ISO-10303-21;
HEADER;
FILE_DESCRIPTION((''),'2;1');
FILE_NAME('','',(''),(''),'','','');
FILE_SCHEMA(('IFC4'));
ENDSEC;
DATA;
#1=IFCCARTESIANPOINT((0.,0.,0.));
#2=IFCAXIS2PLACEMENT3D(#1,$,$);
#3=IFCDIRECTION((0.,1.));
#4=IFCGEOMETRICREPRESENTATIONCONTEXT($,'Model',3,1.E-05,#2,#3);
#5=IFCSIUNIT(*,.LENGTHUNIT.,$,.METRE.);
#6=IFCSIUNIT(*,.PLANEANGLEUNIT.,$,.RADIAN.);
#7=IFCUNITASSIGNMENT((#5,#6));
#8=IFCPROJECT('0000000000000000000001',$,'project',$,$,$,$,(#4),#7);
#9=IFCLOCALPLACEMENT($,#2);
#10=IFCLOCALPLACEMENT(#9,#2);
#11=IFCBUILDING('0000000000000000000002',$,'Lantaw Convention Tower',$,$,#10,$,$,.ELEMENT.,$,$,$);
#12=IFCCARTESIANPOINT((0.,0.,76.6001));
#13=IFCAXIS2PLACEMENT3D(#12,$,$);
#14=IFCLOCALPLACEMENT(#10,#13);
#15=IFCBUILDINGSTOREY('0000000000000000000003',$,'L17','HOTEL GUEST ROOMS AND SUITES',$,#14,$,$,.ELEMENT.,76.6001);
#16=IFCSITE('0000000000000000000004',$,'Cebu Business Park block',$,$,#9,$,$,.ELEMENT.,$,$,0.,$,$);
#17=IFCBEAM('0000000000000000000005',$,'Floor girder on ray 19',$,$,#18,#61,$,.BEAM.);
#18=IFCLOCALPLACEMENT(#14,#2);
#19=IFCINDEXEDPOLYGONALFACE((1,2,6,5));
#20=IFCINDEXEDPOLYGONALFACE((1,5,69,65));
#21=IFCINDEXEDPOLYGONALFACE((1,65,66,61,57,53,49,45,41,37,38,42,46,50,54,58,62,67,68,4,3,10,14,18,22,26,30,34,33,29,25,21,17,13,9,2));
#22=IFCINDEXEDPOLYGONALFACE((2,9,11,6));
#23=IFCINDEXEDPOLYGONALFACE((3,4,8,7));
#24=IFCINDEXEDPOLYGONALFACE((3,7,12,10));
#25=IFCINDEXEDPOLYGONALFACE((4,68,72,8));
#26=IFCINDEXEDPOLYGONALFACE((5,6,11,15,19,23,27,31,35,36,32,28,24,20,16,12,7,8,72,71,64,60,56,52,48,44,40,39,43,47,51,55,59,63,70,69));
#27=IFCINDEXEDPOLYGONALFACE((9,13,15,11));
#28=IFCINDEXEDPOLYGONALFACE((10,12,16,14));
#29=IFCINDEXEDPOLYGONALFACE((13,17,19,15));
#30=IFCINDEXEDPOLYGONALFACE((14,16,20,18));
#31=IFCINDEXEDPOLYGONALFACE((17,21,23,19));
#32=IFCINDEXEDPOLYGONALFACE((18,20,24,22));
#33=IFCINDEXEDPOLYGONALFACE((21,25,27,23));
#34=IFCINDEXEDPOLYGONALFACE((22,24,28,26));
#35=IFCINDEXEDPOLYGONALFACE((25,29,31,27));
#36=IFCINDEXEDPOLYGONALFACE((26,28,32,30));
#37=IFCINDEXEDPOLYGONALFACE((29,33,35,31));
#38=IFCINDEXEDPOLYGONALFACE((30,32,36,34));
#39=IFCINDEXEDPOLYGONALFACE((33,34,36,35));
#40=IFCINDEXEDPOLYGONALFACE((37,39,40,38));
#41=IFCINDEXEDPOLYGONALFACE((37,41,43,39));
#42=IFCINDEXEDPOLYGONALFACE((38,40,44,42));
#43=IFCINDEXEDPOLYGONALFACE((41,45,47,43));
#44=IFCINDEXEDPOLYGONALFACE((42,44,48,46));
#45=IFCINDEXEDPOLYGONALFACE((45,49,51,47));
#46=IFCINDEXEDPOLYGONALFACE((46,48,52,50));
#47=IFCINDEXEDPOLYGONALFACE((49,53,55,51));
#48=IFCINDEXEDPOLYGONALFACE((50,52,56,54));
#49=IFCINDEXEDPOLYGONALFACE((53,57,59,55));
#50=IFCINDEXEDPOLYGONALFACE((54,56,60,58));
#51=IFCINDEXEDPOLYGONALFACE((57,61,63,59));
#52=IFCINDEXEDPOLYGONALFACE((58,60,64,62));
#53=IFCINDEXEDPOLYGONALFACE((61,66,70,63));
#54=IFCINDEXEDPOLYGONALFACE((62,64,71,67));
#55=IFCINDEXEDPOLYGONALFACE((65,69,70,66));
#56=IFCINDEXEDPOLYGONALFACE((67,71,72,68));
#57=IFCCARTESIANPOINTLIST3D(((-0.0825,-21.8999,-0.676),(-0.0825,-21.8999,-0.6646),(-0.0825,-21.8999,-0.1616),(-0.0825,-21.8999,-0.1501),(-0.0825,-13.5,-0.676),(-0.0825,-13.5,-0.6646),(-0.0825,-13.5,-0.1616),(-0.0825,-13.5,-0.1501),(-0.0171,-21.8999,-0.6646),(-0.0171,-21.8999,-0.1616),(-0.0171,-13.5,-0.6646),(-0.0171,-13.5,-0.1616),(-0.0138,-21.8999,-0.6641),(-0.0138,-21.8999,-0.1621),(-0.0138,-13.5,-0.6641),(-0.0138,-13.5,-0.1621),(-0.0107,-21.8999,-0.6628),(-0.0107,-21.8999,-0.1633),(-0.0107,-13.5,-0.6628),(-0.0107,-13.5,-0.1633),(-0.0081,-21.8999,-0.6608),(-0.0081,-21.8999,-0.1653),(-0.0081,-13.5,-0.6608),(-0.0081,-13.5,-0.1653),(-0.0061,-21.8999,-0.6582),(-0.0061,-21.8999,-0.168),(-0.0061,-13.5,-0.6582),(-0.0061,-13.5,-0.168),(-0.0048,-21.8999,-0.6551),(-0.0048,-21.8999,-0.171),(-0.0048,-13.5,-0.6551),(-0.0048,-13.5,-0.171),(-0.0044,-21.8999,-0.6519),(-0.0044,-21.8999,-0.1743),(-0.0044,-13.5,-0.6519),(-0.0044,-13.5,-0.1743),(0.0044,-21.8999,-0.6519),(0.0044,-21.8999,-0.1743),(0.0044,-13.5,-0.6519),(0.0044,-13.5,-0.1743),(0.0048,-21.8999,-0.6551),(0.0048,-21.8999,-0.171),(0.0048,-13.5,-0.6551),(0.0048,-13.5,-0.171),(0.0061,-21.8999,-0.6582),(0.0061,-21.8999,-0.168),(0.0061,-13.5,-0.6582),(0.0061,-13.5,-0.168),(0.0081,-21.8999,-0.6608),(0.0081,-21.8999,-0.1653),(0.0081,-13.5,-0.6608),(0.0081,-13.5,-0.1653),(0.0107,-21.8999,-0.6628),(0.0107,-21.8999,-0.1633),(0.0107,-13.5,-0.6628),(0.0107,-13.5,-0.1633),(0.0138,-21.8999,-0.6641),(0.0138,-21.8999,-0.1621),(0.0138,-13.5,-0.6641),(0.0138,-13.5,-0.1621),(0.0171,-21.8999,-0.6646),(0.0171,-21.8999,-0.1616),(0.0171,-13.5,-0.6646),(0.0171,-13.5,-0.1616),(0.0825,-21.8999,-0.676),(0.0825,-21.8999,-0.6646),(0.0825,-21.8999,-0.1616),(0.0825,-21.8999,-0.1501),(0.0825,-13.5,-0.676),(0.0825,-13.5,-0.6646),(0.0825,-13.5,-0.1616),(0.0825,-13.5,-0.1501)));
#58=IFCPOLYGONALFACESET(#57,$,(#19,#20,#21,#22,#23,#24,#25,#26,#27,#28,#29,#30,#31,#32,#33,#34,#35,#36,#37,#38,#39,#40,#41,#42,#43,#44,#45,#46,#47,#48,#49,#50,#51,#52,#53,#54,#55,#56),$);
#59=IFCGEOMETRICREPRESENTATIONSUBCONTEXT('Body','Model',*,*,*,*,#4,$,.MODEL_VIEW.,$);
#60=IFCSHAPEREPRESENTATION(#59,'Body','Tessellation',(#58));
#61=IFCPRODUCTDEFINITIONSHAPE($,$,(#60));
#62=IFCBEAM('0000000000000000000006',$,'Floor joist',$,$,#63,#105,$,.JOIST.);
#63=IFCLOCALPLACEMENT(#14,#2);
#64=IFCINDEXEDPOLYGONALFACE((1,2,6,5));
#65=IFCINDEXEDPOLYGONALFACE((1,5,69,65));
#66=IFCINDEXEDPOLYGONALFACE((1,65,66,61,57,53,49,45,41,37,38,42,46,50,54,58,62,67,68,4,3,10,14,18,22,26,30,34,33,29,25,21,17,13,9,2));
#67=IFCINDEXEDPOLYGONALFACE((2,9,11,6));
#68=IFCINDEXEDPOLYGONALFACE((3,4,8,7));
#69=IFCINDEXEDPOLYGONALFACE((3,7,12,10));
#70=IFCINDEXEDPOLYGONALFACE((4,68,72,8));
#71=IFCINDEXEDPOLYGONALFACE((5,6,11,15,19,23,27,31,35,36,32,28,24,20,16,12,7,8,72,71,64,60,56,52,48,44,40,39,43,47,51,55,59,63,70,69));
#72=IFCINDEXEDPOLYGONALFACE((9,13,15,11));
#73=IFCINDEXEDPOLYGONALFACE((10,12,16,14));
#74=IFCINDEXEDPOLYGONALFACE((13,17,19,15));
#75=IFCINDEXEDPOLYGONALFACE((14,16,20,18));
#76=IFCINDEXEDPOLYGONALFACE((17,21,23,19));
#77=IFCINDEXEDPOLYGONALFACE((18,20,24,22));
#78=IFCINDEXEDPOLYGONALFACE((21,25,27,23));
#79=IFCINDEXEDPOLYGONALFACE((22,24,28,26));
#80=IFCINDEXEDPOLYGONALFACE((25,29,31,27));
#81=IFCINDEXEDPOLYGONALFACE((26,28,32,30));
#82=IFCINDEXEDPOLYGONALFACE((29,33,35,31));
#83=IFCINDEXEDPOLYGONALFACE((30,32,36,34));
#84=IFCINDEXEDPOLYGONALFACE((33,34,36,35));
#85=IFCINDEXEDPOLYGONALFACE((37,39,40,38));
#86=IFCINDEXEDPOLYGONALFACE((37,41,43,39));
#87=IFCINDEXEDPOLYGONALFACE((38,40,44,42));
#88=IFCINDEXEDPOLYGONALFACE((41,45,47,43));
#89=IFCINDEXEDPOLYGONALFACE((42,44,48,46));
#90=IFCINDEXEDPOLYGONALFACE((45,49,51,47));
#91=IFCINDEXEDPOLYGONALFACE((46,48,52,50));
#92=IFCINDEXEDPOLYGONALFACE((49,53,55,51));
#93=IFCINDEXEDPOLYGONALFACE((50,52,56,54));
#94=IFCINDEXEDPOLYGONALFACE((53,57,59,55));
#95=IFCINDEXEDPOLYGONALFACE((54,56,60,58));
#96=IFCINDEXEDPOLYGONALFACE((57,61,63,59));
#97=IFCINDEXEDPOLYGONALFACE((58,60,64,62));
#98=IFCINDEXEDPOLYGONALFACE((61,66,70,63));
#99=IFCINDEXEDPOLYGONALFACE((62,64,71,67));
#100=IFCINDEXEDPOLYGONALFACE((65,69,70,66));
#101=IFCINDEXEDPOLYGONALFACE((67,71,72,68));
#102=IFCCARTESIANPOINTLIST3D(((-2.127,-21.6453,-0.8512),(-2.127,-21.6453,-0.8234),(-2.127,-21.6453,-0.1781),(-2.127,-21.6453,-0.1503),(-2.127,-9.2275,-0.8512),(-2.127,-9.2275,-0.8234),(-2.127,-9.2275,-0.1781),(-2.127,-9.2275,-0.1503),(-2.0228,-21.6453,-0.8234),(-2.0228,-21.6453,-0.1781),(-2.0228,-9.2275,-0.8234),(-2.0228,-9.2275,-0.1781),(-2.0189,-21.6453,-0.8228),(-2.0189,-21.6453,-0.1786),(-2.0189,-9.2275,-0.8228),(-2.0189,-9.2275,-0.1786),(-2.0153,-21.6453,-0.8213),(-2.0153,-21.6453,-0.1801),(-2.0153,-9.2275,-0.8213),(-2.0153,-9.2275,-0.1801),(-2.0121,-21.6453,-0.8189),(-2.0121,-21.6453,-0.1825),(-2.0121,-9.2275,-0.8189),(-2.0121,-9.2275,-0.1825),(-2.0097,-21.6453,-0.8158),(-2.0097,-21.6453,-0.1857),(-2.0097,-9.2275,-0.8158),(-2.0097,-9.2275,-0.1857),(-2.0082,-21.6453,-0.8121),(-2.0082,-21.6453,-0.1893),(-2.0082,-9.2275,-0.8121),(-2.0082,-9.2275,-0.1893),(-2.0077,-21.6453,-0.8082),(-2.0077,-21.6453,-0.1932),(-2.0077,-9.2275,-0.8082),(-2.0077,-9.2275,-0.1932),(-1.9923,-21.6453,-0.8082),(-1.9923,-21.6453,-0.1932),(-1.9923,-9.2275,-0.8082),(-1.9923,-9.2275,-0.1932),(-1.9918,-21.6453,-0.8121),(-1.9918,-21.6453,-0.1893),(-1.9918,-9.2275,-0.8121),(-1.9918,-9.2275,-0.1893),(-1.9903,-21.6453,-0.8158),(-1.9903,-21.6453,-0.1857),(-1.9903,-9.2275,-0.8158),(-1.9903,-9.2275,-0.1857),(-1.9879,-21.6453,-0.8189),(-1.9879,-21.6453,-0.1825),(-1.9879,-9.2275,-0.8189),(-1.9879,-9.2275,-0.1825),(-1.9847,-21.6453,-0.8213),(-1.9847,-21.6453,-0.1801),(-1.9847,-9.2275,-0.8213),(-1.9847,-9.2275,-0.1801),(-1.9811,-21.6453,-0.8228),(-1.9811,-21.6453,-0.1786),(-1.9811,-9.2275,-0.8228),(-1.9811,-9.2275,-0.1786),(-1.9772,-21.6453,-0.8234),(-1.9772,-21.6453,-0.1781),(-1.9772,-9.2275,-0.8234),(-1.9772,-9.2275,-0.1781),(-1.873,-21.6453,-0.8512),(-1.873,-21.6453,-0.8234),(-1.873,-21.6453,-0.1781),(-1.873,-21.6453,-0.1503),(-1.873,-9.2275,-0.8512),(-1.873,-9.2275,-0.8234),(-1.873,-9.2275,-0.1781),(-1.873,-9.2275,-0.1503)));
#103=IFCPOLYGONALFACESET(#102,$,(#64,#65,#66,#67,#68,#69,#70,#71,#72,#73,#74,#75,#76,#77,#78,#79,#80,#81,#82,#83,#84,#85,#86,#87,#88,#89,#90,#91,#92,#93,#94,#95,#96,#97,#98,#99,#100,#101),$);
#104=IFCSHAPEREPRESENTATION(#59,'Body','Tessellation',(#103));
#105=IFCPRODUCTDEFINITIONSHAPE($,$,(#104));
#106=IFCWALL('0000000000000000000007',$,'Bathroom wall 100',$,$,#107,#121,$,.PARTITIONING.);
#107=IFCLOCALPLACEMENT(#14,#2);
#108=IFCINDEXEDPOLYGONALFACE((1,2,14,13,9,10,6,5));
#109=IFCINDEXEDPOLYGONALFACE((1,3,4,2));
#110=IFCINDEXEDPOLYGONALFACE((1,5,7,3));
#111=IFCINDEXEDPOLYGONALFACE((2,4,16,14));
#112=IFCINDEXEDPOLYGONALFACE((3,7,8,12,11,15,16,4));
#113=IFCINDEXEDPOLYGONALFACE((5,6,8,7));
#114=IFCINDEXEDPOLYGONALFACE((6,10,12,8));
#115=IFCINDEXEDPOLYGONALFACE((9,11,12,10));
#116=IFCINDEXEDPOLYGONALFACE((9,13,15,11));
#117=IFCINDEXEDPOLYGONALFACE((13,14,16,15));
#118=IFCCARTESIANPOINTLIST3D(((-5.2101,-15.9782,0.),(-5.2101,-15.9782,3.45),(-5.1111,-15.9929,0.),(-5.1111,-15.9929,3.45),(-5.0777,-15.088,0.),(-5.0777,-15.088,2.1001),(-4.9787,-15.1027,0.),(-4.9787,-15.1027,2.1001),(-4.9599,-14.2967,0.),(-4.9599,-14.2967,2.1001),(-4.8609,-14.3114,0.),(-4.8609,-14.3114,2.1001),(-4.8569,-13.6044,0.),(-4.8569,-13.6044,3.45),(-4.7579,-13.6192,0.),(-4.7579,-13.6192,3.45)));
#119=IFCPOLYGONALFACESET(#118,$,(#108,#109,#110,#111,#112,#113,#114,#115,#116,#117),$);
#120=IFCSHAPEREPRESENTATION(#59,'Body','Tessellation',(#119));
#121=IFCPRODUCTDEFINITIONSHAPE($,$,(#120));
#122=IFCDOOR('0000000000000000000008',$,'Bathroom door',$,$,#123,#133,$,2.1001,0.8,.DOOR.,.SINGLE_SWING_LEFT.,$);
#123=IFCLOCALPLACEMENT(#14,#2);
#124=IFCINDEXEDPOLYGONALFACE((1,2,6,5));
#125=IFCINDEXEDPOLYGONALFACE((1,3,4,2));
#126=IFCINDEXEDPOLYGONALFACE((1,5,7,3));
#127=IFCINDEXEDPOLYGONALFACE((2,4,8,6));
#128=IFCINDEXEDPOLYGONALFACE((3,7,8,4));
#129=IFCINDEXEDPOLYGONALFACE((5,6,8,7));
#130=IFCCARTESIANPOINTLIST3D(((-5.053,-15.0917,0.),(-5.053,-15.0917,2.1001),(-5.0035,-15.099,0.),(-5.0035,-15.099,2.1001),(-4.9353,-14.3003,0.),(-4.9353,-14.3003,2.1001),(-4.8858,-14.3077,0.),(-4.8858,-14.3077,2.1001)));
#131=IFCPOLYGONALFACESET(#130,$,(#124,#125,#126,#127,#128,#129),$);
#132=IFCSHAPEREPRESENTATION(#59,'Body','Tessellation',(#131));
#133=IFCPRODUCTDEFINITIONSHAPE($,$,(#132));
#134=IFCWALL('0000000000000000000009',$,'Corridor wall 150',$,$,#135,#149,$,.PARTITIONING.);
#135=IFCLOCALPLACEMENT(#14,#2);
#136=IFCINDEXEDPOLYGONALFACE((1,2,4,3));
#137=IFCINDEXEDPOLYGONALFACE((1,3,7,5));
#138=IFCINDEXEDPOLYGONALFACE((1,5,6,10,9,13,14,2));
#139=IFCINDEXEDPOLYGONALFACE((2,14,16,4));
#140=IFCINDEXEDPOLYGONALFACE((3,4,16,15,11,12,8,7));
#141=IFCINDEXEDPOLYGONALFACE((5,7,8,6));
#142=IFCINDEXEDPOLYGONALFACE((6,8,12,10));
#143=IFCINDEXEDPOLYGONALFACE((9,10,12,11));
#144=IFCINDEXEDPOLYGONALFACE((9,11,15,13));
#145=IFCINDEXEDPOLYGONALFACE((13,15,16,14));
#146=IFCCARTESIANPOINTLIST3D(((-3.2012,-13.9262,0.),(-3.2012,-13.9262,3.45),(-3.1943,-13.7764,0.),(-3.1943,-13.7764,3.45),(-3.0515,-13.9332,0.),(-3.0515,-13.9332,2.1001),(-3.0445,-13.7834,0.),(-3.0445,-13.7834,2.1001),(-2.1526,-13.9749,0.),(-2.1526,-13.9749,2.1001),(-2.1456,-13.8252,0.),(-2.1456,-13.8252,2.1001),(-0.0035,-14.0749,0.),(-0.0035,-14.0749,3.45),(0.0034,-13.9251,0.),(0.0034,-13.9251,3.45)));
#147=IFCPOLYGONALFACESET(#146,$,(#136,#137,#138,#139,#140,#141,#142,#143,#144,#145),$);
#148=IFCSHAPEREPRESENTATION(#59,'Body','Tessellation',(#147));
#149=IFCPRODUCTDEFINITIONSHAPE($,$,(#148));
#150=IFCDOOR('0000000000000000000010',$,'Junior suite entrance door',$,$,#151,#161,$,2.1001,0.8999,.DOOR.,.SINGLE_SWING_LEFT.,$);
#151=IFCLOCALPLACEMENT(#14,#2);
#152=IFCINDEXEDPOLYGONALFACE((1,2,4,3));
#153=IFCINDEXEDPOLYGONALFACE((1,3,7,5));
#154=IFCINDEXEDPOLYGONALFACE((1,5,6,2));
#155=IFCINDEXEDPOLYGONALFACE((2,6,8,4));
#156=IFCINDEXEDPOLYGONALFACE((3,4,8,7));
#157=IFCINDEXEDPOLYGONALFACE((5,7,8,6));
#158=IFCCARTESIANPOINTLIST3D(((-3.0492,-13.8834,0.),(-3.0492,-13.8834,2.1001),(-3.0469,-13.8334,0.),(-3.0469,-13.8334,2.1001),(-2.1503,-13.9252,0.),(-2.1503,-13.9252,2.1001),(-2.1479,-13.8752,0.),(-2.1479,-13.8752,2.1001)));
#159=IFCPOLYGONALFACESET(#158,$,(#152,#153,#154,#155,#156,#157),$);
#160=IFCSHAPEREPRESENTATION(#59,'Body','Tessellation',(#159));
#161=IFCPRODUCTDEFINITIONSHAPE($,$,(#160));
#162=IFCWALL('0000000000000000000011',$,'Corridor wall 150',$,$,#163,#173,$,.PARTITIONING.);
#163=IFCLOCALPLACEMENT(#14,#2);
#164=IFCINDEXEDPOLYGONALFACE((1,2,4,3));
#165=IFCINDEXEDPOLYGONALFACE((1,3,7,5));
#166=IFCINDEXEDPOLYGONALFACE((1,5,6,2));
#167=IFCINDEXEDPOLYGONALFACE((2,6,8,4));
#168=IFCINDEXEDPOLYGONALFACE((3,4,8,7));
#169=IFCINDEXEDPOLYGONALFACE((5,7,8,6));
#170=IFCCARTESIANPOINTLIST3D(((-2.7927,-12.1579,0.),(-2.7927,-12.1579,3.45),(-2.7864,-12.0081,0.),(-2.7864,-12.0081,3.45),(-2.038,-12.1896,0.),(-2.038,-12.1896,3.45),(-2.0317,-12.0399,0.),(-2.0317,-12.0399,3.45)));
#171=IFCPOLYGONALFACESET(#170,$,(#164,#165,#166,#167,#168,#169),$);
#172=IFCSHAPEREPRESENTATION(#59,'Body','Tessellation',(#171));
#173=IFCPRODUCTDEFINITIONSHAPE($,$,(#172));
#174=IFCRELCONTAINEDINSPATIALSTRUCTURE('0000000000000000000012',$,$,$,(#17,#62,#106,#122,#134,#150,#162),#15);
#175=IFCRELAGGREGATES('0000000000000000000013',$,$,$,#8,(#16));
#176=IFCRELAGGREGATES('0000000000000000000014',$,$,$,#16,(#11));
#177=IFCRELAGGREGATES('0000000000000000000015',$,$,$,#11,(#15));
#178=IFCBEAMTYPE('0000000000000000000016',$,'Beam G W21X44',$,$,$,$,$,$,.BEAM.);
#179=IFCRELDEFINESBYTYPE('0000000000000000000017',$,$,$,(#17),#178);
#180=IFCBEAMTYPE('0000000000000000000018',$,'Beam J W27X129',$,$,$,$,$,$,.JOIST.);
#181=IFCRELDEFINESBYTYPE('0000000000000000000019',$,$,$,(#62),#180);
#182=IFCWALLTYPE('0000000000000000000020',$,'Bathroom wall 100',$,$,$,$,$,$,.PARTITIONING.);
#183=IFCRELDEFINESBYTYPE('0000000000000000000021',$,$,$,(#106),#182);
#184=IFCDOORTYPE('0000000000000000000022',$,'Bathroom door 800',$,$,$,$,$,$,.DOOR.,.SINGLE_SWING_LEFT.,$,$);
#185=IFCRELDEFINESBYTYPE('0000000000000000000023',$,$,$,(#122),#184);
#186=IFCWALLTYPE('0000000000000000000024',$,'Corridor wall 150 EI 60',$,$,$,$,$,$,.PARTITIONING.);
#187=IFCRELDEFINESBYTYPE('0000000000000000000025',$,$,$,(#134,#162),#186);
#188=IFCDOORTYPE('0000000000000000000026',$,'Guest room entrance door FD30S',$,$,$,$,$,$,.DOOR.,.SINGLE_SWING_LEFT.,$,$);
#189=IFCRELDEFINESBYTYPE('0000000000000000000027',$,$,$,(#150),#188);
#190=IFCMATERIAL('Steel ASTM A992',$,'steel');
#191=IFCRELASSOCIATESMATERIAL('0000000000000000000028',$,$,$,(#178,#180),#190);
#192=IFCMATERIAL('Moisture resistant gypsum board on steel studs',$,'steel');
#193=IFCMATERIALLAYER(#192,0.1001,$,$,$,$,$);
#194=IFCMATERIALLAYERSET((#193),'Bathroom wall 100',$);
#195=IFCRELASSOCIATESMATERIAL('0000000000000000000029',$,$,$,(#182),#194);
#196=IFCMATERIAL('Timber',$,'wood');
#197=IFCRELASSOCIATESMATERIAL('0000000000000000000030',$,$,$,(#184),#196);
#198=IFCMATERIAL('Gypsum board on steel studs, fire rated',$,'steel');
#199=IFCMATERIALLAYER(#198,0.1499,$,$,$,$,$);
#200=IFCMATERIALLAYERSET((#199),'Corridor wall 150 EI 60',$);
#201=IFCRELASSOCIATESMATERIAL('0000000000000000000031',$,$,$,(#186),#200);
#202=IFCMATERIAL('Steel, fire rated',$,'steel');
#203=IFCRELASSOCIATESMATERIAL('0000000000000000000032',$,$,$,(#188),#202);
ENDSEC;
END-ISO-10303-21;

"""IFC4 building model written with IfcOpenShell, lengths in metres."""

from ifc_helpers import new_model, si_unit, direction, frame, frame_2d, origin, origin_2d, place, context, subcontext, project, spatial, rectangle, i_section, extrude, material, layer, layer_set, material_profile, profile_set, type_object, element, fill, save


model = new_model("IFC4")

# Units and contexts
model_context = context("Model", 3, precision=1e-05, world=origin(), true_north=direction((0.0, 1.0)))
body_context = subcontext(model_context, "Body", "Model", "MODEL_VIEW")
ifc_project = project(units=[si_unit("LENGTHUNIT", "METRE"), si_unit("PLANEANGLEUNIT", "RADIAN")], contexts=[model_context])

# Site, building, storey
site_placement = place(None, origin())
site = spatial("IfcSite", under=ifc_project, at=site_placement, Name="Cebu Business Park block", CompositionType="ELEMENT", RefElevation=0.0)
building_placement = place(site_placement, origin())
building = spatial("IfcBuilding", under=site, at=building_placement, Name="Lantaw Convention Tower", CompositionType="ELEMENT")
storey_placement = place(building_placement, frame((0.0, 0.0, 76.6001)))
storey = spatial("IfcBuildingStorey", under=building, at=storey_placement, Name="L17", Description="HOTEL GUEST ROOMS AND SUITES", CompositionType="ELEMENT", Elevation=76.6001)

# Beams
ifc_material_1 = material(Name="Steel ASTM A992", Category="steel")
ifc_material_profile_1 = material_profile(ifc_material_1, i_section(OverallWidth=0.165, OverallDepth=0.5259, WebThickness=0.0088, FlangeThickness=0.0115, FilletRadius=0.0127, at=origin_2d()), Name="W21X44")
ifc_profile_set_1 = profile_set([ifc_material_profile_1], Name="Steel ASTM A992")
beam_type_1 = type_object("IfcBeamType", Name="Beam G W21X44", PredefinedType="BEAM", material=ifc_profile_set_1)
beam_1_placement = place(storey_placement, frame((0.0, -13.5, -0.4131), z_axis=(0.0, -1.0, 0.0), x_axis=(1.0, 0.0, 0.0)))
element("IfcBeam", 1, at=beam_1_placement, inside=storey, type_object=beam_type_1, Name="Floor girder on ray 19", PredefinedType="BEAM", context=body_context, shape_type="SweptSolid", body=[
    extrude(i_section(OverallWidth=0.165, OverallDepth=0.5259, WebThickness=0.0088, FlangeThickness=0.0115, FilletRadius=0.0127, at=origin_2d()), origin(), (0.0, 0.0, 1.0), 8.3999),
])
ifc_material_profile_2 = material_profile(ifc_material_1, i_section(OverallWidth=0.2539, OverallDepth=0.7009, WebThickness=0.0154, FlangeThickness=0.0278, FilletRadius=0.0151, at=origin_2d()), Name="W27X129")
ifc_profile_set_2 = profile_set([ifc_material_profile_2], Name="Steel ASTM A992")
beam_type_2 = type_object("IfcBeamType", Name="Beam J W27X129", PredefinedType="JOIST", material=ifc_profile_set_2)
beam_2_placement = place(storey_placement, frame((-2.0, -21.6453, -0.5007), z_axis=(0.0, 1.0, 0.0), x_axis=(-1.0, 0.0, 0.0)))
element("IfcBeam", 2, at=beam_2_placement, inside=storey, type_object=beam_type_2, Name="Floor joist", PredefinedType="JOIST", context=body_context, shape_type="SweptSolid", body=[
    extrude(i_section(OverallWidth=0.2539, OverallDepth=0.7009, WebThickness=0.0154, FlangeThickness=0.0278, FilletRadius=0.0151, at=origin_2d()), origin(), (0.0, 0.0, 1.0), 12.4177),
])

# Walls, openings, doors
ifc_material_2 = material(Name="Moisture resistant gypsum board on steel studs", Category="steel")
ifc_layer_1 = layer(ifc_material_2, 0.1001)
ifc_layer_set_1 = layer_set([ifc_layer_1], Name="Bathroom wall 100")
wall_type_1 = type_object("IfcWallType", Name="Bathroom wall 100", PredefinedType="PARTITIONING", material=ifc_layer_set_1)
wall_1_placement = place(storey_placement, frame((-4.8074, -13.6118, 0.0), z_axis=(0.0, 0.0, 1.0), x_axis=(-0.147201, -0.989107, 0.0)))
wall_1 = element("IfcWall", 3, at=wall_1_placement, inside=storey, type_object=wall_type_1, Name="Bathroom wall 100", PredefinedType="PARTITIONING", context=body_context, shape_type="SweptSolid", body=[
    extrude(rectangle(XDim=2.3999, YDim=0.1001, at=frame_2d((1.2, 0.0))), origin(), (0.0, 0.0, 1.0), 3.45),
])
opening_1_placement = place(wall_1_placement, frame((0.7, 0.0, 0.0)))
opening_1 = element("IfcOpeningElement", 4, at=opening_1_placement, cuts=wall_1, PredefinedType="OPENING", context=body_context, shape_type="SweptSolid", body=[
    extrude(rectangle(XDim=0.8, YDim=2.1001, at=frame_2d((0.3999, 1.05))), frame((0.0, 0.0601, 0.0), z_axis=(0.0, -1.0, 0.0), x_axis=(1.0, 0.0, 0.0)), (0.0, 0.0, 1.0), 0.1201),
])
ifc_material_3 = material(Name="Timber", Category="wood")
door_type_1 = type_object("IfcDoorType", Name="Bathroom door 800", OperationType="SINGLE_SWING_LEFT", PredefinedType="DOOR", material=ifc_material_3)
door_1_placement = place(opening_1_placement, origin())
door_1 = element("IfcDoor", 5, at=door_1_placement, inside=storey, type_object=door_type_1, Name="Bathroom door", OperationType="SINGLE_SWING_LEFT", OverallHeight=2.1001, OverallWidth=0.8, PredefinedType="DOOR", context=body_context, shape_type="SweptSolid", body=[
    extrude(rectangle(XDim=0.8, YDim=2.1001, at=frame_2d((0.3999, 1.05))), frame((0.0, 0.0249, 0.0), z_axis=(0.0, -1.0, 0.0), x_axis=(1.0, 0.0, 0.0)), (0.0, 0.0, 1.0), 0.05),
])
fill(opening_1, door_1)
ifc_material_4 = material(Name="Gypsum board on steel studs, fire rated", Category="steel")
ifc_layer_2 = layer(ifc_material_4, 0.1499)
ifc_layer_set_2 = layer_set([ifc_layer_2], Name="Corridor wall 150 EI 60")
wall_type_2 = type_object("IfcWallType", Name="Corridor wall 150 EI 60", PredefinedType="PARTITIONING", material=ifc_layer_set_2)
wall_2_placement = place(storey_placement, frame((-3.1978, -13.8513, 0.0), z_axis=(0.0, 0.0, 1.0), x_axis=(0.998921, -0.046445, 0.0)))
wall_2 = element("IfcWall", 6, at=wall_2_placement, inside=storey, type_object=wall_type_2, Name="Corridor wall 150", PredefinedType="PARTITIONING", context=body_context, shape_type="SweptSolid", body=[
    extrude(rectangle(XDim=3.2012, YDim=0.1499, at=frame_2d((1.6006, 0.0))), origin(), (0.0, 0.0, 1.0), 3.45),
])
opening_2_placement = place(wall_2_placement, frame((0.1499, 0.0, 0.0)))
opening_2 = element("IfcOpeningElement", 7, at=opening_2_placement, cuts=wall_2, PredefinedType="OPENING", context=body_context, shape_type="SweptSolid", body=[
    extrude(rectangle(XDim=0.8999, YDim=2.1001, at=frame_2d((0.45, 1.05))), frame((0.0, 0.085, 0.0), z_axis=(0.0, -1.0, 0.0), x_axis=(1.0, 0.0, 0.0)), (0.0, 0.0, 1.0), 0.1699),
])
ifc_material_5 = material(Name="Steel, fire rated", Category="steel")
door_type_2 = type_object("IfcDoorType", Name="Guest room entrance door FD30S", OperationType="SINGLE_SWING_LEFT", PredefinedType="DOOR", material=ifc_material_5)
door_2_placement = place(opening_2_placement, origin())
door_2 = element("IfcDoor", 8, at=door_2_placement, inside=storey, type_object=door_type_2, Name="Junior suite entrance door", OperationType="SINGLE_SWING_LEFT", OverallHeight=2.1001, OverallWidth=0.8999, PredefinedType="DOOR", context=body_context, shape_type="SweptSolid", body=[
    extrude(rectangle(XDim=0.8999, YDim=2.1001, at=frame_2d((0.45, 1.05))), frame((0.0, 0.0249, 0.0), z_axis=(0.0, -1.0, 0.0), x_axis=(1.0, 0.0, 0.0)), (0.0, 0.0, 1.0), 0.05),
])
fill(opening_2, door_2)

# Wall
wall_3_placement = place(storey_placement, frame((-2.7896, -12.083, 0.0), z_axis=(0.0, 0.0, 1.0), x_axis=(0.999117, -0.04202, 0.0)))
element("IfcWall", 9, at=wall_3_placement, inside=storey, type_object=wall_type_2, Name="Corridor wall 150", PredefinedType="PARTITIONING", context=body_context, shape_type="SweptSolid", body=[
    extrude(rectangle(XDim=0.7554, YDim=0.1499, at=frame_2d((0.3777, 0.0))), origin(), (0.0, 0.0, 1.0), 3.45),
])

save(model, "model.ifc")
